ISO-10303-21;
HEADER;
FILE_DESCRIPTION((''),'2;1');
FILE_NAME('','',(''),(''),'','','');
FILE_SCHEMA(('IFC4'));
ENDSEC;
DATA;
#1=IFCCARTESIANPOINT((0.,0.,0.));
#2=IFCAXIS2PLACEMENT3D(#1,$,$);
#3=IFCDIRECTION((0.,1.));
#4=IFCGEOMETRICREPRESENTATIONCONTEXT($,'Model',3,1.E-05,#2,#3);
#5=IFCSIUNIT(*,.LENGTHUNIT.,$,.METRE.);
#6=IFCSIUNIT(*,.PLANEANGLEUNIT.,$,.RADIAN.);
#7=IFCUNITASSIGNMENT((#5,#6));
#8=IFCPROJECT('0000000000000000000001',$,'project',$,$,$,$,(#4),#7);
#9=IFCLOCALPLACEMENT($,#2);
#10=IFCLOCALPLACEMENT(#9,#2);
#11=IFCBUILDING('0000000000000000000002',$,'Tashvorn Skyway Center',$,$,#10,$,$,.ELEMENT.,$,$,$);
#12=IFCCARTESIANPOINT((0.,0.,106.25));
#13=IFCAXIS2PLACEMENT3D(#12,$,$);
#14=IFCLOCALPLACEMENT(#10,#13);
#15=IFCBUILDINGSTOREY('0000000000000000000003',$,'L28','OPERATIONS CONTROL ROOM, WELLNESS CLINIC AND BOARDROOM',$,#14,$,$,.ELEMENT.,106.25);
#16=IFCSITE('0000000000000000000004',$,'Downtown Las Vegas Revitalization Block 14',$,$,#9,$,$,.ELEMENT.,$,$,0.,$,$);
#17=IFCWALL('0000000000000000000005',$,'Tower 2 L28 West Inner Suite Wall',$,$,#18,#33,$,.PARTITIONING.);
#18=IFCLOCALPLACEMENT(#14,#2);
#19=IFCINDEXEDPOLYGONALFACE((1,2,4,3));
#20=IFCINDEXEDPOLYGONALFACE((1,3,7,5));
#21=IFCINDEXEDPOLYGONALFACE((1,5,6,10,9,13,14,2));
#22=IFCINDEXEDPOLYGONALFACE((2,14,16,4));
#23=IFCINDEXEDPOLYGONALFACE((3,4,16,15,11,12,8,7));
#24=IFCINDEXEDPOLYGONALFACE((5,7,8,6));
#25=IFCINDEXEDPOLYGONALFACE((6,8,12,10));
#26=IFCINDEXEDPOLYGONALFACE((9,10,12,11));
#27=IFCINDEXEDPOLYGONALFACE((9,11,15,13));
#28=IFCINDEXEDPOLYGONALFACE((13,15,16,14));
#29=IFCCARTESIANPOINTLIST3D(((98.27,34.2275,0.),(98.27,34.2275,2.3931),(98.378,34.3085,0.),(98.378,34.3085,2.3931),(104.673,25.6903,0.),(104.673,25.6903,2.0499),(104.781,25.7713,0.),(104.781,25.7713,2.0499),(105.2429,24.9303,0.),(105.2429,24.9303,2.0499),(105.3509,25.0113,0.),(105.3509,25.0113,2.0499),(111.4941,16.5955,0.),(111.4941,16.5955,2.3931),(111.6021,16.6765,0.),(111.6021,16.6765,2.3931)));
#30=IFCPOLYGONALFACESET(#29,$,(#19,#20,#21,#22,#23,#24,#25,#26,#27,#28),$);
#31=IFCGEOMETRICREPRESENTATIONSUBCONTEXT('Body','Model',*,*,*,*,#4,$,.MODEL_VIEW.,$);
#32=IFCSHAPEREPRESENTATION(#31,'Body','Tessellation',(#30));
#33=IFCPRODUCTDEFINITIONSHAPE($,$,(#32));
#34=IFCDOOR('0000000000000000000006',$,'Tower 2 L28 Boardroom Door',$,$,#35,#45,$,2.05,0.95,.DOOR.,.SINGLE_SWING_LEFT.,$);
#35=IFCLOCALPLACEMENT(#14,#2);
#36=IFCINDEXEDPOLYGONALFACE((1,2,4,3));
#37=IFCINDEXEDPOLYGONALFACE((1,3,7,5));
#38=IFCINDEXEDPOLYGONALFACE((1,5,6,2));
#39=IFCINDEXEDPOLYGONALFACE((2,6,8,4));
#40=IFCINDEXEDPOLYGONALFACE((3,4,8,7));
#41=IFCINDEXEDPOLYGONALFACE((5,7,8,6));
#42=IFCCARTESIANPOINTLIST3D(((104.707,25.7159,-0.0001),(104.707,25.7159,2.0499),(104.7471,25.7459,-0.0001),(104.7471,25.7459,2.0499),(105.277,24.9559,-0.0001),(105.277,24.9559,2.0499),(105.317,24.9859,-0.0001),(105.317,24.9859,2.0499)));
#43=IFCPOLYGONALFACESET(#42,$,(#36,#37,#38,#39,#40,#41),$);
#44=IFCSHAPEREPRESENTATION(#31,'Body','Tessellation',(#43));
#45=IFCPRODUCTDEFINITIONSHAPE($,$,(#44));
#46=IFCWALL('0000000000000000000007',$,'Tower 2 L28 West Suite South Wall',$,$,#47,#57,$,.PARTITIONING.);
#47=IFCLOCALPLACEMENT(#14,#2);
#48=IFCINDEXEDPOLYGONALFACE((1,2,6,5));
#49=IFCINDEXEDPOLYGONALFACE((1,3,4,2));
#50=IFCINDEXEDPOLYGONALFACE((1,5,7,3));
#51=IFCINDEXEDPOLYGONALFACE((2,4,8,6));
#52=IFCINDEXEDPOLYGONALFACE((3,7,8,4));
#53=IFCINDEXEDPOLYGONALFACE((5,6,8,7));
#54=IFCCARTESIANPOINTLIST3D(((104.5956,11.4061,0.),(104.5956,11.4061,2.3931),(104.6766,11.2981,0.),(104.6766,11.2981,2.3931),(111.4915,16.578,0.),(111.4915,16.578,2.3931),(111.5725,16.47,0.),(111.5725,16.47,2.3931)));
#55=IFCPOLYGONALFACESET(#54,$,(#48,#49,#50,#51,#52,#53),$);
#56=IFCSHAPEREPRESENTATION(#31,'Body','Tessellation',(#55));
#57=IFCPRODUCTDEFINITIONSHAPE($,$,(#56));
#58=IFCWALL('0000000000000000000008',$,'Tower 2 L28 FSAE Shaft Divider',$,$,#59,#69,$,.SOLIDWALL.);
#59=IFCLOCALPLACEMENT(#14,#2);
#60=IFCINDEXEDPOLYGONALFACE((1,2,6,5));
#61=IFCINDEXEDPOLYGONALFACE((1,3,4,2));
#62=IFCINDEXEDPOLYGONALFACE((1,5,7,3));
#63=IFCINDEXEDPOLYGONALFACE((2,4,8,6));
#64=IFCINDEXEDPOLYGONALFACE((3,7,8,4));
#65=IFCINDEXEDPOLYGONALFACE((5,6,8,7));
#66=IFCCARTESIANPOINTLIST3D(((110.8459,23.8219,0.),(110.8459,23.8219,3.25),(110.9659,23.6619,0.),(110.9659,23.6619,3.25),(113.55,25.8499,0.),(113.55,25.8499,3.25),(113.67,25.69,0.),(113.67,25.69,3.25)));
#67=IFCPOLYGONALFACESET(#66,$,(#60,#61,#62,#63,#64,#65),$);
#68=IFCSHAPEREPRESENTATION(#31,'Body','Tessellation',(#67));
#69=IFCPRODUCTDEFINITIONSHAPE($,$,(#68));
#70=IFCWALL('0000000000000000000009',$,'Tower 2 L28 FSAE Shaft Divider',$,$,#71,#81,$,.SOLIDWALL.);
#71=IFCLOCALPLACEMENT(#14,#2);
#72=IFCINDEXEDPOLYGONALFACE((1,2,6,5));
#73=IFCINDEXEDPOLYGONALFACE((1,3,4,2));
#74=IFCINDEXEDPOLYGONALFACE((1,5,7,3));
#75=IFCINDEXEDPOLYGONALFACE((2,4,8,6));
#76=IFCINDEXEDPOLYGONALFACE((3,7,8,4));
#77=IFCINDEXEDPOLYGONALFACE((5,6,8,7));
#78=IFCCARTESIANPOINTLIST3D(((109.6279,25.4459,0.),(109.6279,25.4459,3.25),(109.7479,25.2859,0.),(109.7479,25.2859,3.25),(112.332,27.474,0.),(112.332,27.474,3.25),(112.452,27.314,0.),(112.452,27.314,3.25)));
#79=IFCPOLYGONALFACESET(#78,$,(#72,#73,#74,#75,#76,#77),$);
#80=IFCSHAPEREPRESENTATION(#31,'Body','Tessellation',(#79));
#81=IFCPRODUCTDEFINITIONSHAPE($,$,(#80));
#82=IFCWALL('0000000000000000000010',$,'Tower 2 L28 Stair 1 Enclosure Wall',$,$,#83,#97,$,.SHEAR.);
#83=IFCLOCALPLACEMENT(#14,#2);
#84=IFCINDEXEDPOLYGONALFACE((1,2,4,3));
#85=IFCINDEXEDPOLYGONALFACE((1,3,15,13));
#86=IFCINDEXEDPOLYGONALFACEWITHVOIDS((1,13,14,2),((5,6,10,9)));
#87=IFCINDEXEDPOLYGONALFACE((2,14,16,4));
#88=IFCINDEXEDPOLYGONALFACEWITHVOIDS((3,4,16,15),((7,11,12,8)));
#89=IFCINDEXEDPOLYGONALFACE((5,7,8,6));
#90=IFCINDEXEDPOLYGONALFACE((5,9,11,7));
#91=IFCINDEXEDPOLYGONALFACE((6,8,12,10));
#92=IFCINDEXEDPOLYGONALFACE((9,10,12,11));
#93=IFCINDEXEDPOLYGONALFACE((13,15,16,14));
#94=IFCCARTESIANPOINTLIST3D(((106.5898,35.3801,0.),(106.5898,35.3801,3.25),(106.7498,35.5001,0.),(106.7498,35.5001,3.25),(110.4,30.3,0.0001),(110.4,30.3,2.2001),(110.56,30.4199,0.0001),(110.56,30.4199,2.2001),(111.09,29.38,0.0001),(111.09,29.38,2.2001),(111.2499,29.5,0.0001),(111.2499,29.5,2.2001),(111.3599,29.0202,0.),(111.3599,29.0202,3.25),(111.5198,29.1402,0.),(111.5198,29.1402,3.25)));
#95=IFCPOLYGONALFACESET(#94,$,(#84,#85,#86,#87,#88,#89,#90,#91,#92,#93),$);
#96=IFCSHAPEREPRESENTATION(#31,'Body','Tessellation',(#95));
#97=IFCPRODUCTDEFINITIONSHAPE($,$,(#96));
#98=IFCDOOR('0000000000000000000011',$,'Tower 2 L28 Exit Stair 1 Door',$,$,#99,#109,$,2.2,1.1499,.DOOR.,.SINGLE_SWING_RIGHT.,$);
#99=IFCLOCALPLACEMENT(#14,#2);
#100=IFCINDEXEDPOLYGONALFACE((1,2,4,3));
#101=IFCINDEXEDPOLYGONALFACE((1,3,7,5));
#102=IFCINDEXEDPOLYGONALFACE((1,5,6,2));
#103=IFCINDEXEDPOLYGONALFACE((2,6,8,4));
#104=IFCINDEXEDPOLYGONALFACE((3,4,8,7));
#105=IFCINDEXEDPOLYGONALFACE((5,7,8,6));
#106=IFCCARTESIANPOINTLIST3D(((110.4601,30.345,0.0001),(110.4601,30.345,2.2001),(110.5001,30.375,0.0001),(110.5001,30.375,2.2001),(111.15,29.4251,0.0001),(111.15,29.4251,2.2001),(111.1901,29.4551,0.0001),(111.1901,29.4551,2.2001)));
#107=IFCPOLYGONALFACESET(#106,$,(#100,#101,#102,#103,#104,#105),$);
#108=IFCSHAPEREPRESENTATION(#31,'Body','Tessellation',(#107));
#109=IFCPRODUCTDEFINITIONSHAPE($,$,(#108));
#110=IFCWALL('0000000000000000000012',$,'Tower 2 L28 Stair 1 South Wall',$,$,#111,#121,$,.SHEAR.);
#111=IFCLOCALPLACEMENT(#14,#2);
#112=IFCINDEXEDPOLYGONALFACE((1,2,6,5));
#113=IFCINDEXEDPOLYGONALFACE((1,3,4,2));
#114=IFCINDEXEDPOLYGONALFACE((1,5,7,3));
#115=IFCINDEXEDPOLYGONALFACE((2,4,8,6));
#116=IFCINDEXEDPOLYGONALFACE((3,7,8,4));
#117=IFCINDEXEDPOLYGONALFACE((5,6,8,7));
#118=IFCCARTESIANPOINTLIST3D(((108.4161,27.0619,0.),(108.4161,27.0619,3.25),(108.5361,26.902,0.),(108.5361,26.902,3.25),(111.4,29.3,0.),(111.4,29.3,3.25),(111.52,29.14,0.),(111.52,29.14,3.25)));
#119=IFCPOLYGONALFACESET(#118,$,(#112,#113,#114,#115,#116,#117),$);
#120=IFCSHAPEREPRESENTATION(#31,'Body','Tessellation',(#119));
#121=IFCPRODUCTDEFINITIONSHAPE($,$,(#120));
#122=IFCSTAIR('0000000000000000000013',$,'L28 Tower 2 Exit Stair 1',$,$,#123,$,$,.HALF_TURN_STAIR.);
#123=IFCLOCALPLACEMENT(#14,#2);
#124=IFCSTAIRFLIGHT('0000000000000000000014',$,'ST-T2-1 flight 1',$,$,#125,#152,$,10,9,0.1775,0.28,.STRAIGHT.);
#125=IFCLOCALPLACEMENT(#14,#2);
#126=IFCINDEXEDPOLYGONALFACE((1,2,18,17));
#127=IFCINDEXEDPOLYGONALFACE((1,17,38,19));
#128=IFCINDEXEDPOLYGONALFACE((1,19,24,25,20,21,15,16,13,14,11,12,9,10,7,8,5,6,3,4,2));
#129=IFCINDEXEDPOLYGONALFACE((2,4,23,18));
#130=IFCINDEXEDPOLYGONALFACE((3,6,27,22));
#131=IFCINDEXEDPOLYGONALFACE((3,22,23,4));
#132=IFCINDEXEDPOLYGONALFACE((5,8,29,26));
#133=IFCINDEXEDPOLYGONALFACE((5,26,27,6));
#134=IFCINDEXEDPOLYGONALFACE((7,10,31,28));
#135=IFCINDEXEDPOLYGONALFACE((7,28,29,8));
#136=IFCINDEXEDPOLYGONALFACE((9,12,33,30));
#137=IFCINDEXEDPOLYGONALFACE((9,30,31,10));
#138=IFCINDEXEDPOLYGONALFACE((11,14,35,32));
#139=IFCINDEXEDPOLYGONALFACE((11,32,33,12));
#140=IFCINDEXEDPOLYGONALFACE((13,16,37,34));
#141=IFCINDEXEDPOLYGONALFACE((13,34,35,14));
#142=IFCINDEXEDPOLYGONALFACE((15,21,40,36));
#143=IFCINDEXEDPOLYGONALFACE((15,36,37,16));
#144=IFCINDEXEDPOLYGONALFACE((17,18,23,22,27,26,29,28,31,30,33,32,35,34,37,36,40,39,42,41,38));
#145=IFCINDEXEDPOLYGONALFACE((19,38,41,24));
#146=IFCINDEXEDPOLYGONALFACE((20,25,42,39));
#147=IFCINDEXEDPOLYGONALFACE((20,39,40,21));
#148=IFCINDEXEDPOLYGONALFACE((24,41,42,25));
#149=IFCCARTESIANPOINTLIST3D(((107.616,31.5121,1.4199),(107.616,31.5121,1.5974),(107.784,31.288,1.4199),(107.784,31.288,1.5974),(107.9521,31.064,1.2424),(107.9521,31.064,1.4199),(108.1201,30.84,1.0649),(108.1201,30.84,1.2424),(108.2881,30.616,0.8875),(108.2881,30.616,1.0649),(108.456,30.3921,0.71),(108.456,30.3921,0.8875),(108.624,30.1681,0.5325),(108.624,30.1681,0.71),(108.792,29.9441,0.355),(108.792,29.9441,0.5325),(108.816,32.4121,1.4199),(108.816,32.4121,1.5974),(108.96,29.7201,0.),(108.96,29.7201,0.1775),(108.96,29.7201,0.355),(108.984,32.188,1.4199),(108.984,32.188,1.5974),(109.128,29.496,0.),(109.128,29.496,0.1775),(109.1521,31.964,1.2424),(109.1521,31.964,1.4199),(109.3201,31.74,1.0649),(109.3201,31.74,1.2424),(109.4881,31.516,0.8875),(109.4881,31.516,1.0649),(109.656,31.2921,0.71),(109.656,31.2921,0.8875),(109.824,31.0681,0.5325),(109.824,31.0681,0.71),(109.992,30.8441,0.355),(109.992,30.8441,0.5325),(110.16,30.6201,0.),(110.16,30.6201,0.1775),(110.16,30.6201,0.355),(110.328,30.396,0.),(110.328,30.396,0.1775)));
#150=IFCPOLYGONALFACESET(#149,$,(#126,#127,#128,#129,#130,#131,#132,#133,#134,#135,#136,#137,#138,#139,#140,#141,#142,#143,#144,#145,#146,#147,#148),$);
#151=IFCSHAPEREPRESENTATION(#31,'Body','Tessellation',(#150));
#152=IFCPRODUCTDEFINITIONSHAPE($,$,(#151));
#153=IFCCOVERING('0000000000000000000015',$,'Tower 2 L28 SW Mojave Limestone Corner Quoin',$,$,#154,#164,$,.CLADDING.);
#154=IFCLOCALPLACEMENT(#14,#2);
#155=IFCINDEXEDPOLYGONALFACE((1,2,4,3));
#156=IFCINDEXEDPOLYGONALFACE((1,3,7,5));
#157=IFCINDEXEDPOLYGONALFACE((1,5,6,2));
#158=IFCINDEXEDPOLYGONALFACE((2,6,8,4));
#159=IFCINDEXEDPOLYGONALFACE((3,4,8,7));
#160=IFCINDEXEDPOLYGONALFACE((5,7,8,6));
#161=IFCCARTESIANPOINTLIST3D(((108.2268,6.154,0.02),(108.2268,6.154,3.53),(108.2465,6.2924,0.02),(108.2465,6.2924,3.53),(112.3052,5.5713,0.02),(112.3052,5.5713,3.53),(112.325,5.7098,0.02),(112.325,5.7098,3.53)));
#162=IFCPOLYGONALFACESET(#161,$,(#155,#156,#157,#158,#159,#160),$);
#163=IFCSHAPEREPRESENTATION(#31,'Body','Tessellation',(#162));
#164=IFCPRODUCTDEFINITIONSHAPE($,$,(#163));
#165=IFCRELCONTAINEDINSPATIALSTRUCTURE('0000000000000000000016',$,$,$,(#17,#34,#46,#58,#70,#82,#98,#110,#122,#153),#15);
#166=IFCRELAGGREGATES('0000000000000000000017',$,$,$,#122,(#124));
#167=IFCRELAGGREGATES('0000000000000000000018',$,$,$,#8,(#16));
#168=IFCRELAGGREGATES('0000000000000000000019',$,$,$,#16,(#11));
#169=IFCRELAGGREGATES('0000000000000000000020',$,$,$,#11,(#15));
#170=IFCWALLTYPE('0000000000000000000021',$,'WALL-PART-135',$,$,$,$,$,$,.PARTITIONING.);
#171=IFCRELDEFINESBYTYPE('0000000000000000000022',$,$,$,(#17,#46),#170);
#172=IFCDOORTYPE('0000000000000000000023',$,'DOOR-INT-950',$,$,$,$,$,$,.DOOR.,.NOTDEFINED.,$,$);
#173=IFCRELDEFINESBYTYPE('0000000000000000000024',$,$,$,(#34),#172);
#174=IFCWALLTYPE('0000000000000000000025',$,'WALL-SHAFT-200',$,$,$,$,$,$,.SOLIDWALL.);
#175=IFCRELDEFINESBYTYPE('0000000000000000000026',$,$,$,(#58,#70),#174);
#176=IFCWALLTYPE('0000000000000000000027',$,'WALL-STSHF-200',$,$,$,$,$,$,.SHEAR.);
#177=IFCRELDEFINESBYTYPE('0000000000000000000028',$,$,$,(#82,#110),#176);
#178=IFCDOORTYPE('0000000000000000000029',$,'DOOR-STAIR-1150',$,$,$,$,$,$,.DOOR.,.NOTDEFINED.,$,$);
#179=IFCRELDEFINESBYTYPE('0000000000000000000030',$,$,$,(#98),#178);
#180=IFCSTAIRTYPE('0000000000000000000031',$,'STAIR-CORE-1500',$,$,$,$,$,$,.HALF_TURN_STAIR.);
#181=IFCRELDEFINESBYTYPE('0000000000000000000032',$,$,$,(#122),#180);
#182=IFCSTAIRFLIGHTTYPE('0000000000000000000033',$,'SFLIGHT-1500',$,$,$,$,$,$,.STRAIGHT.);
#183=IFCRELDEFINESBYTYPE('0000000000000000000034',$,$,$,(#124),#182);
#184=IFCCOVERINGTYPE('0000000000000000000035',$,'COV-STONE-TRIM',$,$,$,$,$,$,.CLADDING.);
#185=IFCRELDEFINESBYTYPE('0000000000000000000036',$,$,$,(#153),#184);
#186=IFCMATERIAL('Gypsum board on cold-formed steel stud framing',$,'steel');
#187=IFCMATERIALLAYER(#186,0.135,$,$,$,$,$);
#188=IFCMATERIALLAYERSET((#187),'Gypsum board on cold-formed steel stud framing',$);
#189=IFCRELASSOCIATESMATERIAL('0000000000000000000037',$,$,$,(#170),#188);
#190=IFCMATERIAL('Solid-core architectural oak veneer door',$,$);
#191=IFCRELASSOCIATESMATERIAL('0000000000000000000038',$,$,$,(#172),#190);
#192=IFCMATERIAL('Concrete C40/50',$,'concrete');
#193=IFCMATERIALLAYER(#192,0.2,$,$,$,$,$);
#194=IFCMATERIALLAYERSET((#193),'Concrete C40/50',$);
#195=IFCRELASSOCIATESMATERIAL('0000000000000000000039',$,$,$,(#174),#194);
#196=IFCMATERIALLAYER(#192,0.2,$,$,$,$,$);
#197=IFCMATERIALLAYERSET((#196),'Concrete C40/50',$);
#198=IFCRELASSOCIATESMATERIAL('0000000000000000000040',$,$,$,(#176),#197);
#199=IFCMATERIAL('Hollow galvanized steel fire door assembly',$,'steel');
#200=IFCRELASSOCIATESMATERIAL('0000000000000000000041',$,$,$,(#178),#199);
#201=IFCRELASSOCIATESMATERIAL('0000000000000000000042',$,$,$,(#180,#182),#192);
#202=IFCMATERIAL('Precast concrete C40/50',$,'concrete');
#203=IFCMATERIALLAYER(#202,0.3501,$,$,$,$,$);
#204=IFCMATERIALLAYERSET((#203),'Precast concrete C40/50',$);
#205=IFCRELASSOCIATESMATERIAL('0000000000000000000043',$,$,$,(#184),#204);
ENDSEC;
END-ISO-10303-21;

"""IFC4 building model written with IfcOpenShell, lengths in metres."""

from ifc_helpers import new_model, si_unit, direction, frame, frame_2d, origin, origin_2d, place, context, subcontext, project, spatial, polyline, rectangle, outline, extrude, material, layer, layer_set, type_object, element, fill, aggregate, save


model = new_model("IFC4")

# Units and contexts
model_context = context("Model", 3, precision=1e-05, world=origin(), true_north=direction((0.0, 1.0)))
body_context = subcontext(model_context, "Body", "Model", "MODEL_VIEW")
ifc_project = project(units=[si_unit("LENGTHUNIT", "METRE"), si_unit("PLANEANGLEUNIT", "RADIAN")], contexts=[model_context])

# Site, building, storey
site_placement = place(None, origin())
site = spatial("IfcSite", under=ifc_project, at=site_placement, Name="Downtown Las Vegas Revitalization Block 14", CompositionType="ELEMENT", RefElevation=0.0)
building_placement = place(site_placement, origin())
building = spatial("IfcBuilding", under=site, at=building_placement, Name="Tashvorn Skyway Center", CompositionType="ELEMENT")
storey_placement = place(building_placement, frame((0.0, 0.0, 106.25)))
storey = spatial("IfcBuildingStorey", under=building, at=storey_placement, Name="L28", Description="OPERATIONS CONTROL ROOM, WELLNESS CLINIC AND BOARDROOM", CompositionType="ELEMENT", Elevation=106.25)

# Shared definitions
ifc_material_1 = material(Name="Precast concrete C40/50", Category="concrete")

# Wall, opening, door
ifc_material_2 = material(Name="Gypsum board on cold-formed steel stud framing", Category="steel")
ifc_layer_1 = layer(ifc_material_2, 0.135)
ifc_layer_set_1 = layer_set([ifc_layer_1], Name="Gypsum board on cold-formed steel stud framing")
wall_type_1 = type_object("IfcWallType", Name="WALL-PART-135", PredefinedType="PARTITIONING", material=ifc_layer_set_1)
wall_1_placement = place(storey_placement, frame((111.5481, 16.636, 0.0), z_axis=(0.0, 0.0, 1.0), x_axis=(-0.600002, 0.799999, 0.0)))
wall_1 = element("IfcWall", 1, at=wall_1_placement, inside=storey, type_object=wall_type_1, Name="Tower 2 L28 West Inner Suite Wall", PredefinedType="PARTITIONING", context=body_context, shape_type="SweptSolid", body=[
    extrude(rectangle(XDim=22.04, YDim=0.135, at=frame_2d((11.02, 0.0))), origin(), (0.0, 0.0, 1.0), 2.3931),
])
opening_1_placement = place(wall_1_placement, frame((10.4185, 0.0, 0.0)))
opening_1 = element("IfcOpeningElement", 2, at=opening_1_placement, cuts=wall_1, PredefinedType="OPENING", context=body_context, shape_type="SweptSolid", body=[
    extrude(rectangle(XDim=0.95, YDim=2.05, at=frame_2d((0.4751, 1.0249))), frame((0.0, 0.0774, 0.0), z_axis=(0.0, -1.0, 0.0), x_axis=(1.0, 0.0, 0.0)), (0.0, 0.0, 1.0), 0.155),
])
ifc_material_3 = material(Name="Solid-core architectural oak veneer door")
door_type_1 = type_object("IfcDoorType", Name="DOOR-INT-950", OperationType="NOTDEFINED", PredefinedType="DOOR", material=ifc_material_3)
door_1_placement = place(opening_1_placement, origin())
door_1 = element("IfcDoor", 3, at=door_1_placement, inside=storey, type_object=door_type_1, Name="Tower 2 L28 Boardroom Door", OperationType="SINGLE_SWING_LEFT", OverallHeight=2.05, OverallWidth=0.95, PredefinedType="DOOR", context=body_context, shape_type="SweptSolid", body=[
    extrude(rectangle(XDim=0.95, YDim=2.05, at=frame_2d((0.4751, 1.0249))), frame((0.0, 0.0249, 0.0), z_axis=(0.0, -1.0, 0.0), x_axis=(1.0, 0.0, 0.0)), (0.0, 0.0, 1.0), 0.05),
])
fill(opening_1, door_1)

# Walls
wall_2_placement = place(storey_placement, frame((104.636, 11.3521, 0.0), z_axis=(0.0, 0.0, 1.0), x_axis=(0.800007, 0.599991, 0.0)))
element("IfcWall", 4, at=wall_2_placement, inside=storey, type_object=wall_type_1, Name="Tower 2 L28 West Suite South Wall", PredefinedType="PARTITIONING", context=body_context, shape_type="SweptSolid", body=[
    extrude(rectangle(XDim=8.6199, YDim=0.135, at=frame_2d((4.3101, 0.0))), origin(), (0.0, 0.0, 1.0), 2.3931),
])
ifc_material_4 = material(Name="Concrete C40/50", Category="concrete")
ifc_layer_2 = layer(ifc_material_4, 0.2)
ifc_layer_set_2 = layer_set([ifc_layer_2], Name="Concrete C40/50")
wall_type_2 = type_object("IfcWallType", Name="WALL-SHAFT-200", PredefinedType="SOLIDWALL", material=ifc_layer_set_2)
for number, where, z_axis, x_axis, name in (
    (5, (110.906, 23.7419, 0.0), (0.0, 0.0, 1.0), (0.8, 0.6, 0.0), "Tower 2 L28 FSAE Shaft Divider"),
    (6, (109.688, 25.366, 0.0), (0.0, 0.0, 1.0), (0.8, 0.6, 0.0), "Tower 2 L28 FSAE Shaft Divider"),
):
    element("IfcWall", number, at=place(storey_placement, frame(where, z_axis=z_axis, x_axis=x_axis)), inside=storey, type_object=wall_type_2, Name=name, PredefinedType="SOLIDWALL", context=body_context, shape_type="SweptSolid", body=[
        extrude(rectangle(XDim=3.3801, YDim=0.2, at=frame_2d((1.6899, 0.0))), origin(), (0.0, 0.0, 1.0), 3.25),
    ])

# Wall, opening, door
ifc_layer_3 = layer(ifc_material_4, 0.2)
ifc_layer_set_3 = layer_set([ifc_layer_3], Name="Concrete C40/50")
wall_type_3 = type_object("IfcWallType", Name="WALL-STSHF-200", PredefinedType="SHEAR", material=ifc_layer_set_3)
wall_3_placement = place(storey_placement, frame((111.4399, 29.0801, 0.0), z_axis=(0.0, 0.0, 1.0), x_axis=(-0.60001, 0.799993, 0.0)))
wall_3 = element("IfcWall", 7, at=wall_3_placement, inside=storey, type_object=wall_type_3, Name="Tower 2 L28 Stair 1 Enclosure Wall", PredefinedType="SHEAR", context=body_context, shape_type="SweptSolid", body=[
    extrude(rectangle(XDim=7.95, YDim=0.2, at=frame_2d((3.9751, 0.0))), origin(), (0.0, 0.0, 1.0), 3.25),
])
opening_2_placement = place(wall_3_placement, frame((0.45, 0.0, 0.0)))
opening_2 = element("IfcOpeningElement", 8, at=opening_2_placement, cuts=wall_3, PredefinedType="OPENING", context=body_context, shape_type="SweptSolid", body=[
    extrude(rectangle(XDim=1.1499, YDim=2.2, at=frame_2d((0.575, 1.1001))), frame((0.0, 0.1099, 0.0), z_axis=(0.0, -1.0, 0.0), x_axis=(1.0, 0.0, 0.0)), (0.0, 0.0, 1.0), 0.22),
])
ifc_material_5 = material(Name="Hollow galvanized steel fire door assembly", Category="steel")
door_type_2 = type_object("IfcDoorType", Name="DOOR-STAIR-1150", OperationType="NOTDEFINED", PredefinedType="DOOR", material=ifc_material_5)
door_2_placement = place(opening_2_placement, origin())
door_2 = element("IfcDoor", 9, at=door_2_placement, inside=storey, type_object=door_type_2, Name="Tower 2 L28 Exit Stair 1 Door", OperationType="SINGLE_SWING_RIGHT", OverallHeight=2.2, OverallWidth=1.1499, PredefinedType="DOOR", context=body_context, shape_type="SweptSolid", body=[
    extrude(rectangle(XDim=1.1499, YDim=2.2, at=frame_2d((0.575, 1.1001))), frame((0.0, 0.0249, 0.0), z_axis=(0.0, -1.0, 0.0), x_axis=(1.0, 0.0, 0.0)), (0.0, 0.0, 1.0), 0.05),
])
fill(opening_2, door_2)

# Wall
wall_4_placement = place(storey_placement, frame((108.4761, 26.9819, 0.0), z_axis=(0.0, 0.0, 1.0), x_axis=(0.799984, 0.600021, 0.0)))
element("IfcWall", 10, at=wall_4_placement, inside=storey, type_object=wall_type_3, Name="Tower 2 L28 Stair 1 South Wall", PredefinedType="SHEAR", context=body_context, shape_type="SweptSolid", body=[
    extrude(rectangle(XDim=3.73, YDim=0.2, at=frame_2d((1.865, 0.0))), origin(), (0.0, 0.0, 1.0), 3.25),
])

# Stair, stair flight
stair_type = type_object("IfcStairType", Name="STAIR-CORE-1500", PredefinedType="HALF_TURN_STAIR", material=ifc_material_4)
stair_placement = place(storey_placement, origin())
stair = element("IfcStair", 11, at=stair_placement, inside=storey, type_object=stair_type, Name="L28 Tower 2 Exit Stair 1", PredefinedType="HALF_TURN_STAIR")
stair_flight_type = type_object("IfcStairFlightType", Name="SFLIGHT-1500", PredefinedType="STRAIGHT", material=ifc_material_4)
stair_flight_placement = place(storey_placement, frame((109.728, 29.946, 0.0), z_axis=(0.0, 0.0, 1.0), x_axis=(-0.6, 0.8, 0.0)))
stair_flight = element("IfcStairFlight", 12, at=stair_flight_placement, type_object=stair_flight_type, Name="ST-T2-1 flight 1", NumberOfRisers=10, NumberOfTreads=9, PredefinedType="STRAIGHT", RiserHeight=0.1775, TreadLength=0.28, context=body_context, shape_type="SweptSolid", body=[
    extrude(outline(polyline([(0.0, 0.0), (0.0, 0.1775), (0.28, 0.1775), (0.28, 0.355), (0.5601, 0.355), (0.5601, 0.5325), (0.8401, 0.5325), (0.8401, 0.71), (1.1201, 0.71), (1.1201, 0.8875), (1.3999, 0.8875), (1.3999, 1.0649), (1.6799, 1.0649), (1.6799, 1.2424), (1.96, 1.2424), (1.96, 1.4199), (2.24, 1.4199), (2.24, 1.5974), (2.52, 1.5974), (2.52, 1.7749), (2.52, 1.4199), (0.28, 0.0), (0.0, 0.0)])), frame((0.0, 0.75, 0.0), z_axis=(0.0, -1.0, 0.0), x_axis=(1.0, 0.0, 0.0)), (0.0, 0.0, 1.0), 1.5),
])
aggregate(stair, [stair_flight])

# Covering
ifc_layer_4 = layer(ifc_material_1, 0.3501)
ifc_layer_set_4 = layer_set([ifc_layer_4], Name="Precast concrete C40/50")
covering_type = type_object("IfcCoveringType", Name="COV-STONE-TRIM", PredefinedType="CLADDING", material=ifc_layer_set_4)
covering_placement = place(storey_placement, frame((110.2759, 5.9319, 0.02), z_axis=(0.0, 0.0, 1.0), x_axis=(-0.989949, 0.141421, 0.0)))
element("IfcCovering", 13, at=covering_placement, inside=storey, type_object=covering_type, Name="Tower 2 L28 SW Mojave Limestone Corner Quoin", PredefinedType="CLADDING", context=body_context, shape_type="SweptSolid", body=[
    extrude(rectangle(XDim=4.1199, YDim=0.1399, at=origin_2d()), origin(), (0.0, 0.0, 1.0), 3.51),
])

save(model, "model.ifc")
